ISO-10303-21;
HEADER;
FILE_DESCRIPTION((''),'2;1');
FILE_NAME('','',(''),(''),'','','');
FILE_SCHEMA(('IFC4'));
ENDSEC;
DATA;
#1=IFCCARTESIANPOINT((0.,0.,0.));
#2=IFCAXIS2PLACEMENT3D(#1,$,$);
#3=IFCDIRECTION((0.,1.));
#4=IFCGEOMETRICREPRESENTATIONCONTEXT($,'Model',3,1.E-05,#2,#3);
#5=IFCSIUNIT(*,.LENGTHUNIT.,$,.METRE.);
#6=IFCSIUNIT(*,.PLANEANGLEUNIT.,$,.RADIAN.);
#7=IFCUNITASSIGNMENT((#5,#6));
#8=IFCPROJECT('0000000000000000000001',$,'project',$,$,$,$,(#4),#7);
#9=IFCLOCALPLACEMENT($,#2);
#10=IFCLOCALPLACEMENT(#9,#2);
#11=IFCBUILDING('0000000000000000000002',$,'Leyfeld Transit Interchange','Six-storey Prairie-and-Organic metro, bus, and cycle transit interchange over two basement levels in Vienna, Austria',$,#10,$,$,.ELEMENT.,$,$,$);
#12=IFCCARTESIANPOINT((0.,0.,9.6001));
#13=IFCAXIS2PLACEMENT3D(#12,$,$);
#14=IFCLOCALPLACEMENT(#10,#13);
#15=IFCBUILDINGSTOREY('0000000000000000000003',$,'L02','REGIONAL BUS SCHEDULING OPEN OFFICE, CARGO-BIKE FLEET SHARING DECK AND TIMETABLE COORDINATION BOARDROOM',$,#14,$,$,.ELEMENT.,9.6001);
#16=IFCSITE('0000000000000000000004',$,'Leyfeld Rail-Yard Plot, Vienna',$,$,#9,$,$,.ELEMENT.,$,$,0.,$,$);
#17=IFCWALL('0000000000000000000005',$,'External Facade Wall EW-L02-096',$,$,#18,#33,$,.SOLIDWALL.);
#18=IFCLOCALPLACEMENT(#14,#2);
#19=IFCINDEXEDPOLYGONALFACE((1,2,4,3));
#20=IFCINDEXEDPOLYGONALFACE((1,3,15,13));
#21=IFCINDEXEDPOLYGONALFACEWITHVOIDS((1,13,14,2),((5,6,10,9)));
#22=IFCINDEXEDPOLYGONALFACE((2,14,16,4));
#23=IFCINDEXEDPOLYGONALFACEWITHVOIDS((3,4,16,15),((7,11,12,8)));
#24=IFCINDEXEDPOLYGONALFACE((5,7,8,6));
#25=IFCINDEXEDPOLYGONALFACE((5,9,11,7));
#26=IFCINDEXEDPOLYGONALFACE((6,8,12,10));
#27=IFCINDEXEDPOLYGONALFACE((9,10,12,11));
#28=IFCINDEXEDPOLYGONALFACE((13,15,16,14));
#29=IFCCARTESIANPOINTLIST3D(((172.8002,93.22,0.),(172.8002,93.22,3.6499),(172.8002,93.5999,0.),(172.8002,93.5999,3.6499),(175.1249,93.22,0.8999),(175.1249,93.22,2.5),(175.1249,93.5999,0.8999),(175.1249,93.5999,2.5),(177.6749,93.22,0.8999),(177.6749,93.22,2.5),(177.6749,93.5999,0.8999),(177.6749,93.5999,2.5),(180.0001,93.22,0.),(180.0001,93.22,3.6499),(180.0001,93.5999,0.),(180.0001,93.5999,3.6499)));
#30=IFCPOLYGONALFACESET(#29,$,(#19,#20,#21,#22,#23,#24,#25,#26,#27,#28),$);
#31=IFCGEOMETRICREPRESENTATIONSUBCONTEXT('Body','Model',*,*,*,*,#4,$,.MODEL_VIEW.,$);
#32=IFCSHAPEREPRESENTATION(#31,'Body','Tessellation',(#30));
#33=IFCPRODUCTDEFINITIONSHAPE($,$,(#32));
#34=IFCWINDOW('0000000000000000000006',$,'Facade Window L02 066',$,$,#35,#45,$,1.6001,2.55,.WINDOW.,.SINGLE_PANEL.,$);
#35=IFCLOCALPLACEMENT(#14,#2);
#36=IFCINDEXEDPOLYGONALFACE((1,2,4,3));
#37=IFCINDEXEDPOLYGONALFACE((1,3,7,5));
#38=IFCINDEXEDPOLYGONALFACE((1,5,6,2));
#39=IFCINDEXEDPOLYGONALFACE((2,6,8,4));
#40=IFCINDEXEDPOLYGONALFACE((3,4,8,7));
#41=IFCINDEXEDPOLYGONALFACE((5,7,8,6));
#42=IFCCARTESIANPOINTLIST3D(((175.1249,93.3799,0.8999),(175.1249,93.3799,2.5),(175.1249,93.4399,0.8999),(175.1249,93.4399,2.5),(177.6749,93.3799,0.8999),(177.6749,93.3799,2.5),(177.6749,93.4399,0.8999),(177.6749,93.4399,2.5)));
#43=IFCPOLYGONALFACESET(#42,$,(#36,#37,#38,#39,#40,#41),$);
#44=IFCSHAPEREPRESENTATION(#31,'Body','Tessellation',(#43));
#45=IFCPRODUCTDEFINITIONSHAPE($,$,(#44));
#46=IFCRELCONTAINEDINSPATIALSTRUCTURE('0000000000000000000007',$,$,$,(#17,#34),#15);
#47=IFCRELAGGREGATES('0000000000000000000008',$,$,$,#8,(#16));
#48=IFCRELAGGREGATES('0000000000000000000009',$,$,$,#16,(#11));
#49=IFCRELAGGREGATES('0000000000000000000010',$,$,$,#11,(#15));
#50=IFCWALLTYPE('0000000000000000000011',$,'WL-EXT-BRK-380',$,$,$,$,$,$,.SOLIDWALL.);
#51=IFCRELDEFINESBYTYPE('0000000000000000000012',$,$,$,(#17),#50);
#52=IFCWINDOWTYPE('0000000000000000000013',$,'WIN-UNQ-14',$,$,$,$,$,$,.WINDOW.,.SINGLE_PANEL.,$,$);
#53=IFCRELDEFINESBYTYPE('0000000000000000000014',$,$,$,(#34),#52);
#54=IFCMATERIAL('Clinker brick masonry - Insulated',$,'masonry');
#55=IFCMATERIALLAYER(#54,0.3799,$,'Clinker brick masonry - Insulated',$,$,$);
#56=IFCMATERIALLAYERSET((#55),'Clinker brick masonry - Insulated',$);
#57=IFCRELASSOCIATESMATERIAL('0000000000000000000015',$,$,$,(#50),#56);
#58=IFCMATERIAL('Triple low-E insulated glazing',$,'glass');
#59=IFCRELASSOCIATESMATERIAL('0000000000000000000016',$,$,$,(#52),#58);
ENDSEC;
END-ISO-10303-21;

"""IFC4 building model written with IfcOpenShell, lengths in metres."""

from ifc_helpers import new_model, si_unit, direction, frame, frame_2d, origin, place, context, subcontext, project, spatial, rectangle, extrude, material, layer, layer_set, type_object, element, fill, save


model = new_model("IFC4")

# Units and contexts
model_context = context("Model", 3, precision=1e-05, world=origin(), true_north=direction((0.0, 1.0)))
body_context = subcontext(model_context, "Body", "Model", "MODEL_VIEW")
ifc_project = project(units=[si_unit("LENGTHUNIT", "METRE"), si_unit("PLANEANGLEUNIT", "RADIAN")], contexts=[model_context])

# Site, building, storey
site_placement = place(None, origin())
site = spatial("IfcSite", under=ifc_project, at=site_placement, Name="Leyfeld Rail-Yard Plot, Vienna", CompositionType="ELEMENT", RefElevation=0.0)
building_placement = place(site_placement, origin())
building = spatial("IfcBuilding", under=site, at=building_placement, Name="Leyfeld Transit Interchange", Description="Six-storey Prairie-and-Organic metro, bus, and cycle transit interchange over two basement levels in Vienna, Austria", CompositionType="ELEMENT")
storey_placement = place(building_placement, frame((0.0, 0.0, 9.6001)))
storey = spatial("IfcBuildingStorey", under=building, at=storey_placement, Name="L02", Description="REGIONAL BUS SCHEDULING OPEN OFFICE, CARGO-BIKE FLEET SHARING DECK AND TIMETABLE COORDINATION BOARDROOM", CompositionType="ELEMENT", Elevation=9.6001)

# Wall, opening, window
ifc_material_1 = material(Name="Clinker brick masonry - Insulated", Category="masonry")
ifc_layer_1 = layer(ifc_material_1, 0.3799, Name="Clinker brick masonry - Insulated")
ifc_layer_set_1 = layer_set([ifc_layer_1], Name="Clinker brick masonry - Insulated")
wall_type = type_object("IfcWallType", Name="WL-EXT-BRK-380", PredefinedType="SOLIDWALL", material=ifc_layer_set_1)
wall_placement = place(storey_placement, frame((172.8, 93.4099, 0.0), z_axis=(0.0, 0.0, 1.0), x_axis=(1.0, 0.0, 0.0)))
wall = element("IfcWall", 1, at=wall_placement, inside=storey, type_object=wall_type, Name="External Facade Wall EW-L02-096", PredefinedType="SOLIDWALL", context=body_context, shape_type="SweptSolid", body=[
    extrude(rectangle(XDim=7.2, YDim=0.3799, at=frame_2d((3.6001, 0.0))), origin(), (0.0, 0.0, 1.0), 3.6499),
])
opening_placement = place(wall_placement, frame((2.325, 0.0, 0.8999)))
opening = element("IfcOpeningElement", 2, at=opening_placement, cuts=wall, PredefinedType="OPENING", context=body_context, shape_type="SweptSolid", body=[
    extrude(rectangle(XDim=2.55, YDim=1.6001, at=frame_2d((1.2749, 0.8))), frame((0.0, 0.2, 0.0), z_axis=(0.0, -1.0, 0.0), x_axis=(1.0, 0.0, 0.0)), (0.0, 0.0, 1.0), 0.3999),
])
ifc_material_2 = material(Name="Triple low-E insulated glazing", Category="glass")
window_type = type_object("IfcWindowType", Name="WIN-UNQ-14", PartitioningType="SINGLE_PANEL", PredefinedType="WINDOW", material=ifc_material_2)
window_placement = place(opening_placement, origin())
window = element("IfcWindow", 3, at=window_placement, inside=storey, type_object=window_type, Name="Facade Window L02 066", OverallHeight=1.6001, OverallWidth=2.55, PartitioningType="SINGLE_PANEL", PredefinedType="WINDOW", context=body_context, shape_type="SweptSolid", body=[
    extrude(rectangle(XDim=2.55, YDim=1.6001, at=frame_2d((1.2749, 0.8))), frame((0.0, 0.03, 0.0), z_axis=(0.0, -1.0, 0.0), x_axis=(1.0, 0.0, 0.0)), (0.0, 0.0, 1.0), 0.0601),
])
fill(opening, window)

save(model, "model.ifc")
